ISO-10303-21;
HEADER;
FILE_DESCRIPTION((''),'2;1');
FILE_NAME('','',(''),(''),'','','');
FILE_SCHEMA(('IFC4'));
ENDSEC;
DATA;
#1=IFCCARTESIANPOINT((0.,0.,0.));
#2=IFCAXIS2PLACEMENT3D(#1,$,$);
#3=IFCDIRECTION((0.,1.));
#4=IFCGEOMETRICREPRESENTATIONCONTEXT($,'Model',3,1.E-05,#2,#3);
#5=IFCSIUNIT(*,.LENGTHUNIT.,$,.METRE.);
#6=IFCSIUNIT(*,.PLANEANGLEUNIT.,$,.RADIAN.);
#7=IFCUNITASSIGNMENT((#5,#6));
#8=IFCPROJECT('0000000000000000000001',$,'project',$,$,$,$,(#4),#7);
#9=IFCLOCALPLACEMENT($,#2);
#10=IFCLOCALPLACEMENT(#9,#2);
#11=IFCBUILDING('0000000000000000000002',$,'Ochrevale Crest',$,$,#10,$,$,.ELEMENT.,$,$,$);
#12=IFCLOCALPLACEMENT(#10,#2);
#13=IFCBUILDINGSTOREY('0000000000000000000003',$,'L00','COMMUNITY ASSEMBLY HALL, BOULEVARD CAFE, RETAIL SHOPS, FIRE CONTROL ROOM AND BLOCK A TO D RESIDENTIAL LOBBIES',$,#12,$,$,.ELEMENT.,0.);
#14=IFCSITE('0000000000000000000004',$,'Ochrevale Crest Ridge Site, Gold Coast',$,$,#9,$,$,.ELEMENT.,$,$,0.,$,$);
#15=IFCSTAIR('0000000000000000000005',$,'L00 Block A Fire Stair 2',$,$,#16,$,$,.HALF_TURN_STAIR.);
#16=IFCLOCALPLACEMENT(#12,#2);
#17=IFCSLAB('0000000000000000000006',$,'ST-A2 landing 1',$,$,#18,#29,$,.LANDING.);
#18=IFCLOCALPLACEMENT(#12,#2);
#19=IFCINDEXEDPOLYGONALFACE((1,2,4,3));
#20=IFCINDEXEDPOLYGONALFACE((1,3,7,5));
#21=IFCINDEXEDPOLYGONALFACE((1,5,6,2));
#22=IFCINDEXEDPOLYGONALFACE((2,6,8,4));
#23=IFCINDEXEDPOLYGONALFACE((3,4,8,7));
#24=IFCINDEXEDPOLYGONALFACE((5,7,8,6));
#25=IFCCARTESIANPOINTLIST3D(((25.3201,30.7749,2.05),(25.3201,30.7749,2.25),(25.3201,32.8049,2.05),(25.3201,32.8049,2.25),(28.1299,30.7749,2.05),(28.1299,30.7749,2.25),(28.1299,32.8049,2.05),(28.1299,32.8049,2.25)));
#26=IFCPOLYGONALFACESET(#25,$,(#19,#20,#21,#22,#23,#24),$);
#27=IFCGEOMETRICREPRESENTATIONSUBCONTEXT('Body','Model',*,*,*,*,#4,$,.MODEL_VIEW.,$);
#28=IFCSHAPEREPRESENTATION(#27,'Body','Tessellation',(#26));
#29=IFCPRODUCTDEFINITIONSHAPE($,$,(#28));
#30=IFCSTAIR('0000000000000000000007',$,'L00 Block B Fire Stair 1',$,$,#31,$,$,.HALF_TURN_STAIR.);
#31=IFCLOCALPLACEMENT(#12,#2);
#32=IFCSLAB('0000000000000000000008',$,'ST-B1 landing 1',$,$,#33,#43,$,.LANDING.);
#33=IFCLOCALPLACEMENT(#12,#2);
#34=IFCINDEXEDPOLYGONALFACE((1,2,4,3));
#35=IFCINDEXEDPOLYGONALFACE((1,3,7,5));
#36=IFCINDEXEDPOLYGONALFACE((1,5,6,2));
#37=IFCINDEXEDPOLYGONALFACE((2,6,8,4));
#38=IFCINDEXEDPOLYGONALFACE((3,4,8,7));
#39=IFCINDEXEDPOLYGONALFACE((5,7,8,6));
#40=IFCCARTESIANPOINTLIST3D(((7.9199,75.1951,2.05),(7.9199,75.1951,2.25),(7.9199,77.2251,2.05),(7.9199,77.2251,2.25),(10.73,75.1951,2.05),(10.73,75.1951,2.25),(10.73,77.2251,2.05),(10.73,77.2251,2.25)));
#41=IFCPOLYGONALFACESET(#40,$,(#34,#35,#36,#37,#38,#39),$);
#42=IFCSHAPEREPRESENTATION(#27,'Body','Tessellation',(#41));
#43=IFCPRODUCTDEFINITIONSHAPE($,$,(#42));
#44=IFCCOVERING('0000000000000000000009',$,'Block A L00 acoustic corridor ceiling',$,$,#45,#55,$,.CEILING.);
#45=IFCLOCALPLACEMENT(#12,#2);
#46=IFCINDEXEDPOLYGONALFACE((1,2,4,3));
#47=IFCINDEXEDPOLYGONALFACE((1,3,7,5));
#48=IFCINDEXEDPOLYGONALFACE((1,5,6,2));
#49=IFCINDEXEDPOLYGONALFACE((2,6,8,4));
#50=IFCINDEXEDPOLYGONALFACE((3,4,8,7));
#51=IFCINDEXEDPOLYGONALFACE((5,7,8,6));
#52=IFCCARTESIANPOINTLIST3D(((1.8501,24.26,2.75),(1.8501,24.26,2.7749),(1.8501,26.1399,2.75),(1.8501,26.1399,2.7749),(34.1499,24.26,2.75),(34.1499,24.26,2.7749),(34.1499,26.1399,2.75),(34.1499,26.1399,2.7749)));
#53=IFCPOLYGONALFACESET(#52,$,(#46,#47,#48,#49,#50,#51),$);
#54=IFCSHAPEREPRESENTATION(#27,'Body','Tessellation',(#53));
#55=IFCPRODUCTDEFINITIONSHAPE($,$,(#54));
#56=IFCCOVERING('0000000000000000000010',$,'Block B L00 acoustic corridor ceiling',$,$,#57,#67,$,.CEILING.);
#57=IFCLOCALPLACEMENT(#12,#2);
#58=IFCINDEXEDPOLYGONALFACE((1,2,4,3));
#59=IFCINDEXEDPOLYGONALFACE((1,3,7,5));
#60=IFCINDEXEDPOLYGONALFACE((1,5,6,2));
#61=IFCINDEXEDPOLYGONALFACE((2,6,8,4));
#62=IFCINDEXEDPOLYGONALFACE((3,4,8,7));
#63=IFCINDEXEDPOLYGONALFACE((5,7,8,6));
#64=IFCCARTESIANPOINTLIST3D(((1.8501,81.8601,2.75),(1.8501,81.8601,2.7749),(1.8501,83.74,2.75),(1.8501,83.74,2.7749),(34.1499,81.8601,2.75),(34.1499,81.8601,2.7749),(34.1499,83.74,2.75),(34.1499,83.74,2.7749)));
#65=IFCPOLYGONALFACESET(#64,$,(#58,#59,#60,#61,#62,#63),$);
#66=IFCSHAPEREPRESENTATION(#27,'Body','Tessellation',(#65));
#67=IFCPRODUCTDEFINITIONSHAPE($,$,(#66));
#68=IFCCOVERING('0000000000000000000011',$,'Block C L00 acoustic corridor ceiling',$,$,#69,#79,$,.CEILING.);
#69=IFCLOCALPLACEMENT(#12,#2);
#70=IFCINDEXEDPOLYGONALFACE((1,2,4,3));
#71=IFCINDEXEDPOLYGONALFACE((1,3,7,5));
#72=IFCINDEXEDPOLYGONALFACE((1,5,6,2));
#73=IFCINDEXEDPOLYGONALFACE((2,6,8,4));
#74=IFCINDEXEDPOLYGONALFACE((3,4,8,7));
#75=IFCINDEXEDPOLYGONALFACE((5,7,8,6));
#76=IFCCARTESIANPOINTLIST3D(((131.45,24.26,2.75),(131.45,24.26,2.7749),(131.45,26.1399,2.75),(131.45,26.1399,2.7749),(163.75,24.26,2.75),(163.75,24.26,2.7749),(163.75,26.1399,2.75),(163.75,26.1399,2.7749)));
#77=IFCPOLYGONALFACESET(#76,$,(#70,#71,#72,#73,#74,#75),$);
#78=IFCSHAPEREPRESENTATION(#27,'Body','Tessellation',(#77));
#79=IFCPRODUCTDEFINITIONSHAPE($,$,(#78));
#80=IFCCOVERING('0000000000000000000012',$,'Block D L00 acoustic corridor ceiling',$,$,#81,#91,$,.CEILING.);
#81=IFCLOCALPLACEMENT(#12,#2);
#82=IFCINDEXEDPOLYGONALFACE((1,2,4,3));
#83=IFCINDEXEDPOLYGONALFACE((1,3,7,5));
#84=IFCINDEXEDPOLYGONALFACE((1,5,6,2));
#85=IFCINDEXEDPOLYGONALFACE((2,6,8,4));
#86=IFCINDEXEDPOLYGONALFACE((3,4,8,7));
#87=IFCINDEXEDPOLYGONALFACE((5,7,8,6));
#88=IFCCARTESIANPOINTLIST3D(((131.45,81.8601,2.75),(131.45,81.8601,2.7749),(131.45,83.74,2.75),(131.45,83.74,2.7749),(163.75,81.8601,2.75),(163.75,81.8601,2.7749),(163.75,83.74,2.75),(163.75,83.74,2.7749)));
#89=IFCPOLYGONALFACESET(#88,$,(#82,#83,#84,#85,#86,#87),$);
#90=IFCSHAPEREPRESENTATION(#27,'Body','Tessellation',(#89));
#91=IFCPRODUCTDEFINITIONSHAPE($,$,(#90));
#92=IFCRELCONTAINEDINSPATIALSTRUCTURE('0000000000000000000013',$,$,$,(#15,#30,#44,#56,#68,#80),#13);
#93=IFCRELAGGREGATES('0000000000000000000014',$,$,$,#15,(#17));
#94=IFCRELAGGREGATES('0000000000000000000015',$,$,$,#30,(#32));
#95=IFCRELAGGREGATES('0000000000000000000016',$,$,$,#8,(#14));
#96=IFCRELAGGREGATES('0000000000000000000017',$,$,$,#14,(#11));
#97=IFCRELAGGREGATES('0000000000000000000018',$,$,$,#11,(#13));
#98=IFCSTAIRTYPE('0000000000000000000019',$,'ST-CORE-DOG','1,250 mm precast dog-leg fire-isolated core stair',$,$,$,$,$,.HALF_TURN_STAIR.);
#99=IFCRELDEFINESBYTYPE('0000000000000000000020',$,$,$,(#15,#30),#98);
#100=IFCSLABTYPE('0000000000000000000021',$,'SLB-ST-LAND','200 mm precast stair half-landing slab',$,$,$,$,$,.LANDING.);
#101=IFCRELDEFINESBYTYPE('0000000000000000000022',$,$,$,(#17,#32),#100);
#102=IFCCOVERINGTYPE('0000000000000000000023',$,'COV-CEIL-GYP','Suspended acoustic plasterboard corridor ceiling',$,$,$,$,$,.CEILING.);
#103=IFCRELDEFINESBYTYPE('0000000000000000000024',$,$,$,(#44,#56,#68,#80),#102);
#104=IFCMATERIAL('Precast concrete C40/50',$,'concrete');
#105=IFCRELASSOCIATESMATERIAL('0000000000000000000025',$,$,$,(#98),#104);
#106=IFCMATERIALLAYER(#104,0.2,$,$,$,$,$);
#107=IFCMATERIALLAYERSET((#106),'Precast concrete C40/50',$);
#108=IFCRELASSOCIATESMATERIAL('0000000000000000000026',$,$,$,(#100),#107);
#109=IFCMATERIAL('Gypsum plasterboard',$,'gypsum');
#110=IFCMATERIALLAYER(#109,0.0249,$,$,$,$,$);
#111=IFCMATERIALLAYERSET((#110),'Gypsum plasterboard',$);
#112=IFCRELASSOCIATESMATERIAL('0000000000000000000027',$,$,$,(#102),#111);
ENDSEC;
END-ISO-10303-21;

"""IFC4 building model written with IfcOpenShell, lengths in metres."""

from ifc_helpers import new_model, si_unit, direction, frame, origin, place, context, subcontext, project, spatial, polyline, outline, extrude, material, layer, layer_set, type_object, element, aggregate, save


model = new_model("IFC4")

# Units and contexts
model_context = context("Model", 3, precision=1e-05, world=origin(), true_north=direction((0.0, 1.0)))
body_context = subcontext(model_context, "Body", "Model", "MODEL_VIEW")
ifc_project = project(units=[si_unit("LENGTHUNIT", "METRE"), si_unit("PLANEANGLEUNIT", "RADIAN")], contexts=[model_context])

# Site, building, storey
site_placement = place(None, origin())
site = spatial("IfcSite", under=ifc_project, at=site_placement, Name="Ochrevale Crest Ridge Site, Gold Coast", CompositionType="ELEMENT", RefElevation=0.0)
building_placement = place(site_placement, origin())
building = spatial("IfcBuilding", under=site, at=building_placement, Name="Ochrevale Crest", CompositionType="ELEMENT")
storey_placement = place(building_placement, origin())
storey = spatial("IfcBuildingStorey", under=building, at=storey_placement, Name="L00", Description="COMMUNITY ASSEMBLY HALL, BOULEVARD CAFE, RETAIL SHOPS, FIRE CONTROL ROOM AND BLOCK A TO D RESIDENTIAL LOBBIES", CompositionType="ELEMENT", Elevation=0.0)

# Stairs, slabs
ifc_material_1 = material(Name="Precast concrete C40/50", Category="concrete")
stair_type = type_object("IfcStairType", Name="ST-CORE-DOG", Description="1,250 mm precast dog-leg fire-isolated core stair", PredefinedType="HALF_TURN_STAIR", material=ifc_material_1)
ifc_layer_1 = layer(ifc_material_1, 0.2)
ifc_layer_set_1 = layer_set([ifc_layer_1], Name="Precast concrete C40/50")
slab_type_1 = type_object("IfcSlabType", Name="SLB-ST-LAND", Description="200 mm precast stair half-landing slab", PredefinedType="LANDING", material=ifc_layer_set_1)
stair_1_placement = place(storey_placement, origin())
stair_1 = element("IfcStair", 1, at=stair_1_placement, inside=storey, type_object=stair_type, Name="L00 Block A Fire Stair 2", PredefinedType="HALF_TURN_STAIR")
slab_1_placement = place(storey_placement, frame((0.0, 0.0, 2.05)))
slab_1 = element("IfcSlab", 2, at=slab_1_placement, type_object=slab_type_1, Name="ST-A2 landing 1", PredefinedType="LANDING", context=body_context, shape_type="SweptSolid", body=[
    extrude(outline(polyline([(28.1299, 30.7749), (28.1299, 32.8049), (25.3201, 32.8049), (25.3201, 30.7749), (28.1299, 30.7749)])), origin(), (0.0, 0.0, 1.0), 0.2),
])
aggregate(stair_1, [slab_1])
stair_2_placement = place(storey_placement, origin())
stair_2 = element("IfcStair", 3, at=stair_2_placement, inside=storey, type_object=stair_type, Name="L00 Block B Fire Stair 1", PredefinedType="HALF_TURN_STAIR")
slab_2_placement = place(storey_placement, frame((0.0, 0.0, 2.05)))
slab_2 = element("IfcSlab", 4, at=slab_2_placement, type_object=slab_type_1, Name="ST-B1 landing 1", PredefinedType="LANDING", context=body_context, shape_type="SweptSolid", body=[
    extrude(outline(polyline([(7.9199, 77.2251), (7.9199, 75.1951), (10.73, 75.1951), (10.73, 77.2251), (7.9199, 77.2251)])), origin(), (0.0, 0.0, 1.0), 0.2),
])
aggregate(stair_2, [slab_2])

# Coverings
ifc_material_2 = material(Name="Gypsum plasterboard", Category="gypsum")
ifc_layer_2 = layer(ifc_material_2, 0.0249)
ifc_layer_set_2 = layer_set([ifc_layer_2], Name="Gypsum plasterboard")
covering_type = type_object("IfcCoveringType", Name="COV-CEIL-GYP", Description="Suspended acoustic plasterboard corridor ceiling", PredefinedType="CEILING", material=ifc_layer_set_2)
covering_1_placement = place(storey_placement, frame((0.0, 0.0, 2.75)))
element("IfcCovering", 5, at=covering_1_placement, inside=storey, type_object=covering_type, Name="Block A L00 acoustic corridor ceiling", PredefinedType="CEILING", context=body_context, shape_type="SweptSolid", body=[
    extrude(outline(polyline([(1.8501, 24.26), (34.1499, 24.26), (34.1499, 26.1399), (1.8501, 26.1399), (1.8501, 24.26)])), origin(), (0.0, 0.0, 1.0), 0.0249),
])
covering_2_placement = place(storey_placement, frame((0.0, 0.0, 2.75)))
element("IfcCovering", 6, at=covering_2_placement, inside=storey, type_object=covering_type, Name="Block B L00 acoustic corridor ceiling", PredefinedType="CEILING", context=body_context, shape_type="SweptSolid", body=[
    extrude(outline(polyline([(1.8501, 81.8601), (34.1499, 81.8601), (34.1499, 83.74), (1.8501, 83.74), (1.8501, 81.8601)])), origin(), (0.0, 0.0, 1.0), 0.0249),
])
covering_3_placement = place(storey_placement, frame((0.0, 0.0, 2.75)))
element("IfcCovering", 7, at=covering_3_placement, inside=storey, type_object=covering_type, Name="Block C L00 acoustic corridor ceiling", PredefinedType="CEILING", context=body_context, shape_type="SweptSolid", body=[
    extrude(outline(polyline([(131.45, 24.26), (163.75, 24.26), (163.75, 26.1399), (131.45, 26.1399), (131.45, 24.26)])), origin(), (0.0, 0.0, 1.0), 0.0249),
])
covering_4_placement = place(storey_placement, frame((0.0, 0.0, 2.75)))
element("IfcCovering", 8, at=covering_4_placement, inside=storey, type_object=covering_type, Name="Block D L00 acoustic corridor ceiling", PredefinedType="CEILING", context=body_context, shape_type="SweptSolid", body=[
    extrude(outline(polyline([(131.45, 81.8601), (163.75, 81.8601), (163.75, 83.74), (131.45, 83.74), (131.45, 81.8601)])), origin(), (0.0, 0.0, 1.0), 0.0249),
])

save(model, "model.ifc")
